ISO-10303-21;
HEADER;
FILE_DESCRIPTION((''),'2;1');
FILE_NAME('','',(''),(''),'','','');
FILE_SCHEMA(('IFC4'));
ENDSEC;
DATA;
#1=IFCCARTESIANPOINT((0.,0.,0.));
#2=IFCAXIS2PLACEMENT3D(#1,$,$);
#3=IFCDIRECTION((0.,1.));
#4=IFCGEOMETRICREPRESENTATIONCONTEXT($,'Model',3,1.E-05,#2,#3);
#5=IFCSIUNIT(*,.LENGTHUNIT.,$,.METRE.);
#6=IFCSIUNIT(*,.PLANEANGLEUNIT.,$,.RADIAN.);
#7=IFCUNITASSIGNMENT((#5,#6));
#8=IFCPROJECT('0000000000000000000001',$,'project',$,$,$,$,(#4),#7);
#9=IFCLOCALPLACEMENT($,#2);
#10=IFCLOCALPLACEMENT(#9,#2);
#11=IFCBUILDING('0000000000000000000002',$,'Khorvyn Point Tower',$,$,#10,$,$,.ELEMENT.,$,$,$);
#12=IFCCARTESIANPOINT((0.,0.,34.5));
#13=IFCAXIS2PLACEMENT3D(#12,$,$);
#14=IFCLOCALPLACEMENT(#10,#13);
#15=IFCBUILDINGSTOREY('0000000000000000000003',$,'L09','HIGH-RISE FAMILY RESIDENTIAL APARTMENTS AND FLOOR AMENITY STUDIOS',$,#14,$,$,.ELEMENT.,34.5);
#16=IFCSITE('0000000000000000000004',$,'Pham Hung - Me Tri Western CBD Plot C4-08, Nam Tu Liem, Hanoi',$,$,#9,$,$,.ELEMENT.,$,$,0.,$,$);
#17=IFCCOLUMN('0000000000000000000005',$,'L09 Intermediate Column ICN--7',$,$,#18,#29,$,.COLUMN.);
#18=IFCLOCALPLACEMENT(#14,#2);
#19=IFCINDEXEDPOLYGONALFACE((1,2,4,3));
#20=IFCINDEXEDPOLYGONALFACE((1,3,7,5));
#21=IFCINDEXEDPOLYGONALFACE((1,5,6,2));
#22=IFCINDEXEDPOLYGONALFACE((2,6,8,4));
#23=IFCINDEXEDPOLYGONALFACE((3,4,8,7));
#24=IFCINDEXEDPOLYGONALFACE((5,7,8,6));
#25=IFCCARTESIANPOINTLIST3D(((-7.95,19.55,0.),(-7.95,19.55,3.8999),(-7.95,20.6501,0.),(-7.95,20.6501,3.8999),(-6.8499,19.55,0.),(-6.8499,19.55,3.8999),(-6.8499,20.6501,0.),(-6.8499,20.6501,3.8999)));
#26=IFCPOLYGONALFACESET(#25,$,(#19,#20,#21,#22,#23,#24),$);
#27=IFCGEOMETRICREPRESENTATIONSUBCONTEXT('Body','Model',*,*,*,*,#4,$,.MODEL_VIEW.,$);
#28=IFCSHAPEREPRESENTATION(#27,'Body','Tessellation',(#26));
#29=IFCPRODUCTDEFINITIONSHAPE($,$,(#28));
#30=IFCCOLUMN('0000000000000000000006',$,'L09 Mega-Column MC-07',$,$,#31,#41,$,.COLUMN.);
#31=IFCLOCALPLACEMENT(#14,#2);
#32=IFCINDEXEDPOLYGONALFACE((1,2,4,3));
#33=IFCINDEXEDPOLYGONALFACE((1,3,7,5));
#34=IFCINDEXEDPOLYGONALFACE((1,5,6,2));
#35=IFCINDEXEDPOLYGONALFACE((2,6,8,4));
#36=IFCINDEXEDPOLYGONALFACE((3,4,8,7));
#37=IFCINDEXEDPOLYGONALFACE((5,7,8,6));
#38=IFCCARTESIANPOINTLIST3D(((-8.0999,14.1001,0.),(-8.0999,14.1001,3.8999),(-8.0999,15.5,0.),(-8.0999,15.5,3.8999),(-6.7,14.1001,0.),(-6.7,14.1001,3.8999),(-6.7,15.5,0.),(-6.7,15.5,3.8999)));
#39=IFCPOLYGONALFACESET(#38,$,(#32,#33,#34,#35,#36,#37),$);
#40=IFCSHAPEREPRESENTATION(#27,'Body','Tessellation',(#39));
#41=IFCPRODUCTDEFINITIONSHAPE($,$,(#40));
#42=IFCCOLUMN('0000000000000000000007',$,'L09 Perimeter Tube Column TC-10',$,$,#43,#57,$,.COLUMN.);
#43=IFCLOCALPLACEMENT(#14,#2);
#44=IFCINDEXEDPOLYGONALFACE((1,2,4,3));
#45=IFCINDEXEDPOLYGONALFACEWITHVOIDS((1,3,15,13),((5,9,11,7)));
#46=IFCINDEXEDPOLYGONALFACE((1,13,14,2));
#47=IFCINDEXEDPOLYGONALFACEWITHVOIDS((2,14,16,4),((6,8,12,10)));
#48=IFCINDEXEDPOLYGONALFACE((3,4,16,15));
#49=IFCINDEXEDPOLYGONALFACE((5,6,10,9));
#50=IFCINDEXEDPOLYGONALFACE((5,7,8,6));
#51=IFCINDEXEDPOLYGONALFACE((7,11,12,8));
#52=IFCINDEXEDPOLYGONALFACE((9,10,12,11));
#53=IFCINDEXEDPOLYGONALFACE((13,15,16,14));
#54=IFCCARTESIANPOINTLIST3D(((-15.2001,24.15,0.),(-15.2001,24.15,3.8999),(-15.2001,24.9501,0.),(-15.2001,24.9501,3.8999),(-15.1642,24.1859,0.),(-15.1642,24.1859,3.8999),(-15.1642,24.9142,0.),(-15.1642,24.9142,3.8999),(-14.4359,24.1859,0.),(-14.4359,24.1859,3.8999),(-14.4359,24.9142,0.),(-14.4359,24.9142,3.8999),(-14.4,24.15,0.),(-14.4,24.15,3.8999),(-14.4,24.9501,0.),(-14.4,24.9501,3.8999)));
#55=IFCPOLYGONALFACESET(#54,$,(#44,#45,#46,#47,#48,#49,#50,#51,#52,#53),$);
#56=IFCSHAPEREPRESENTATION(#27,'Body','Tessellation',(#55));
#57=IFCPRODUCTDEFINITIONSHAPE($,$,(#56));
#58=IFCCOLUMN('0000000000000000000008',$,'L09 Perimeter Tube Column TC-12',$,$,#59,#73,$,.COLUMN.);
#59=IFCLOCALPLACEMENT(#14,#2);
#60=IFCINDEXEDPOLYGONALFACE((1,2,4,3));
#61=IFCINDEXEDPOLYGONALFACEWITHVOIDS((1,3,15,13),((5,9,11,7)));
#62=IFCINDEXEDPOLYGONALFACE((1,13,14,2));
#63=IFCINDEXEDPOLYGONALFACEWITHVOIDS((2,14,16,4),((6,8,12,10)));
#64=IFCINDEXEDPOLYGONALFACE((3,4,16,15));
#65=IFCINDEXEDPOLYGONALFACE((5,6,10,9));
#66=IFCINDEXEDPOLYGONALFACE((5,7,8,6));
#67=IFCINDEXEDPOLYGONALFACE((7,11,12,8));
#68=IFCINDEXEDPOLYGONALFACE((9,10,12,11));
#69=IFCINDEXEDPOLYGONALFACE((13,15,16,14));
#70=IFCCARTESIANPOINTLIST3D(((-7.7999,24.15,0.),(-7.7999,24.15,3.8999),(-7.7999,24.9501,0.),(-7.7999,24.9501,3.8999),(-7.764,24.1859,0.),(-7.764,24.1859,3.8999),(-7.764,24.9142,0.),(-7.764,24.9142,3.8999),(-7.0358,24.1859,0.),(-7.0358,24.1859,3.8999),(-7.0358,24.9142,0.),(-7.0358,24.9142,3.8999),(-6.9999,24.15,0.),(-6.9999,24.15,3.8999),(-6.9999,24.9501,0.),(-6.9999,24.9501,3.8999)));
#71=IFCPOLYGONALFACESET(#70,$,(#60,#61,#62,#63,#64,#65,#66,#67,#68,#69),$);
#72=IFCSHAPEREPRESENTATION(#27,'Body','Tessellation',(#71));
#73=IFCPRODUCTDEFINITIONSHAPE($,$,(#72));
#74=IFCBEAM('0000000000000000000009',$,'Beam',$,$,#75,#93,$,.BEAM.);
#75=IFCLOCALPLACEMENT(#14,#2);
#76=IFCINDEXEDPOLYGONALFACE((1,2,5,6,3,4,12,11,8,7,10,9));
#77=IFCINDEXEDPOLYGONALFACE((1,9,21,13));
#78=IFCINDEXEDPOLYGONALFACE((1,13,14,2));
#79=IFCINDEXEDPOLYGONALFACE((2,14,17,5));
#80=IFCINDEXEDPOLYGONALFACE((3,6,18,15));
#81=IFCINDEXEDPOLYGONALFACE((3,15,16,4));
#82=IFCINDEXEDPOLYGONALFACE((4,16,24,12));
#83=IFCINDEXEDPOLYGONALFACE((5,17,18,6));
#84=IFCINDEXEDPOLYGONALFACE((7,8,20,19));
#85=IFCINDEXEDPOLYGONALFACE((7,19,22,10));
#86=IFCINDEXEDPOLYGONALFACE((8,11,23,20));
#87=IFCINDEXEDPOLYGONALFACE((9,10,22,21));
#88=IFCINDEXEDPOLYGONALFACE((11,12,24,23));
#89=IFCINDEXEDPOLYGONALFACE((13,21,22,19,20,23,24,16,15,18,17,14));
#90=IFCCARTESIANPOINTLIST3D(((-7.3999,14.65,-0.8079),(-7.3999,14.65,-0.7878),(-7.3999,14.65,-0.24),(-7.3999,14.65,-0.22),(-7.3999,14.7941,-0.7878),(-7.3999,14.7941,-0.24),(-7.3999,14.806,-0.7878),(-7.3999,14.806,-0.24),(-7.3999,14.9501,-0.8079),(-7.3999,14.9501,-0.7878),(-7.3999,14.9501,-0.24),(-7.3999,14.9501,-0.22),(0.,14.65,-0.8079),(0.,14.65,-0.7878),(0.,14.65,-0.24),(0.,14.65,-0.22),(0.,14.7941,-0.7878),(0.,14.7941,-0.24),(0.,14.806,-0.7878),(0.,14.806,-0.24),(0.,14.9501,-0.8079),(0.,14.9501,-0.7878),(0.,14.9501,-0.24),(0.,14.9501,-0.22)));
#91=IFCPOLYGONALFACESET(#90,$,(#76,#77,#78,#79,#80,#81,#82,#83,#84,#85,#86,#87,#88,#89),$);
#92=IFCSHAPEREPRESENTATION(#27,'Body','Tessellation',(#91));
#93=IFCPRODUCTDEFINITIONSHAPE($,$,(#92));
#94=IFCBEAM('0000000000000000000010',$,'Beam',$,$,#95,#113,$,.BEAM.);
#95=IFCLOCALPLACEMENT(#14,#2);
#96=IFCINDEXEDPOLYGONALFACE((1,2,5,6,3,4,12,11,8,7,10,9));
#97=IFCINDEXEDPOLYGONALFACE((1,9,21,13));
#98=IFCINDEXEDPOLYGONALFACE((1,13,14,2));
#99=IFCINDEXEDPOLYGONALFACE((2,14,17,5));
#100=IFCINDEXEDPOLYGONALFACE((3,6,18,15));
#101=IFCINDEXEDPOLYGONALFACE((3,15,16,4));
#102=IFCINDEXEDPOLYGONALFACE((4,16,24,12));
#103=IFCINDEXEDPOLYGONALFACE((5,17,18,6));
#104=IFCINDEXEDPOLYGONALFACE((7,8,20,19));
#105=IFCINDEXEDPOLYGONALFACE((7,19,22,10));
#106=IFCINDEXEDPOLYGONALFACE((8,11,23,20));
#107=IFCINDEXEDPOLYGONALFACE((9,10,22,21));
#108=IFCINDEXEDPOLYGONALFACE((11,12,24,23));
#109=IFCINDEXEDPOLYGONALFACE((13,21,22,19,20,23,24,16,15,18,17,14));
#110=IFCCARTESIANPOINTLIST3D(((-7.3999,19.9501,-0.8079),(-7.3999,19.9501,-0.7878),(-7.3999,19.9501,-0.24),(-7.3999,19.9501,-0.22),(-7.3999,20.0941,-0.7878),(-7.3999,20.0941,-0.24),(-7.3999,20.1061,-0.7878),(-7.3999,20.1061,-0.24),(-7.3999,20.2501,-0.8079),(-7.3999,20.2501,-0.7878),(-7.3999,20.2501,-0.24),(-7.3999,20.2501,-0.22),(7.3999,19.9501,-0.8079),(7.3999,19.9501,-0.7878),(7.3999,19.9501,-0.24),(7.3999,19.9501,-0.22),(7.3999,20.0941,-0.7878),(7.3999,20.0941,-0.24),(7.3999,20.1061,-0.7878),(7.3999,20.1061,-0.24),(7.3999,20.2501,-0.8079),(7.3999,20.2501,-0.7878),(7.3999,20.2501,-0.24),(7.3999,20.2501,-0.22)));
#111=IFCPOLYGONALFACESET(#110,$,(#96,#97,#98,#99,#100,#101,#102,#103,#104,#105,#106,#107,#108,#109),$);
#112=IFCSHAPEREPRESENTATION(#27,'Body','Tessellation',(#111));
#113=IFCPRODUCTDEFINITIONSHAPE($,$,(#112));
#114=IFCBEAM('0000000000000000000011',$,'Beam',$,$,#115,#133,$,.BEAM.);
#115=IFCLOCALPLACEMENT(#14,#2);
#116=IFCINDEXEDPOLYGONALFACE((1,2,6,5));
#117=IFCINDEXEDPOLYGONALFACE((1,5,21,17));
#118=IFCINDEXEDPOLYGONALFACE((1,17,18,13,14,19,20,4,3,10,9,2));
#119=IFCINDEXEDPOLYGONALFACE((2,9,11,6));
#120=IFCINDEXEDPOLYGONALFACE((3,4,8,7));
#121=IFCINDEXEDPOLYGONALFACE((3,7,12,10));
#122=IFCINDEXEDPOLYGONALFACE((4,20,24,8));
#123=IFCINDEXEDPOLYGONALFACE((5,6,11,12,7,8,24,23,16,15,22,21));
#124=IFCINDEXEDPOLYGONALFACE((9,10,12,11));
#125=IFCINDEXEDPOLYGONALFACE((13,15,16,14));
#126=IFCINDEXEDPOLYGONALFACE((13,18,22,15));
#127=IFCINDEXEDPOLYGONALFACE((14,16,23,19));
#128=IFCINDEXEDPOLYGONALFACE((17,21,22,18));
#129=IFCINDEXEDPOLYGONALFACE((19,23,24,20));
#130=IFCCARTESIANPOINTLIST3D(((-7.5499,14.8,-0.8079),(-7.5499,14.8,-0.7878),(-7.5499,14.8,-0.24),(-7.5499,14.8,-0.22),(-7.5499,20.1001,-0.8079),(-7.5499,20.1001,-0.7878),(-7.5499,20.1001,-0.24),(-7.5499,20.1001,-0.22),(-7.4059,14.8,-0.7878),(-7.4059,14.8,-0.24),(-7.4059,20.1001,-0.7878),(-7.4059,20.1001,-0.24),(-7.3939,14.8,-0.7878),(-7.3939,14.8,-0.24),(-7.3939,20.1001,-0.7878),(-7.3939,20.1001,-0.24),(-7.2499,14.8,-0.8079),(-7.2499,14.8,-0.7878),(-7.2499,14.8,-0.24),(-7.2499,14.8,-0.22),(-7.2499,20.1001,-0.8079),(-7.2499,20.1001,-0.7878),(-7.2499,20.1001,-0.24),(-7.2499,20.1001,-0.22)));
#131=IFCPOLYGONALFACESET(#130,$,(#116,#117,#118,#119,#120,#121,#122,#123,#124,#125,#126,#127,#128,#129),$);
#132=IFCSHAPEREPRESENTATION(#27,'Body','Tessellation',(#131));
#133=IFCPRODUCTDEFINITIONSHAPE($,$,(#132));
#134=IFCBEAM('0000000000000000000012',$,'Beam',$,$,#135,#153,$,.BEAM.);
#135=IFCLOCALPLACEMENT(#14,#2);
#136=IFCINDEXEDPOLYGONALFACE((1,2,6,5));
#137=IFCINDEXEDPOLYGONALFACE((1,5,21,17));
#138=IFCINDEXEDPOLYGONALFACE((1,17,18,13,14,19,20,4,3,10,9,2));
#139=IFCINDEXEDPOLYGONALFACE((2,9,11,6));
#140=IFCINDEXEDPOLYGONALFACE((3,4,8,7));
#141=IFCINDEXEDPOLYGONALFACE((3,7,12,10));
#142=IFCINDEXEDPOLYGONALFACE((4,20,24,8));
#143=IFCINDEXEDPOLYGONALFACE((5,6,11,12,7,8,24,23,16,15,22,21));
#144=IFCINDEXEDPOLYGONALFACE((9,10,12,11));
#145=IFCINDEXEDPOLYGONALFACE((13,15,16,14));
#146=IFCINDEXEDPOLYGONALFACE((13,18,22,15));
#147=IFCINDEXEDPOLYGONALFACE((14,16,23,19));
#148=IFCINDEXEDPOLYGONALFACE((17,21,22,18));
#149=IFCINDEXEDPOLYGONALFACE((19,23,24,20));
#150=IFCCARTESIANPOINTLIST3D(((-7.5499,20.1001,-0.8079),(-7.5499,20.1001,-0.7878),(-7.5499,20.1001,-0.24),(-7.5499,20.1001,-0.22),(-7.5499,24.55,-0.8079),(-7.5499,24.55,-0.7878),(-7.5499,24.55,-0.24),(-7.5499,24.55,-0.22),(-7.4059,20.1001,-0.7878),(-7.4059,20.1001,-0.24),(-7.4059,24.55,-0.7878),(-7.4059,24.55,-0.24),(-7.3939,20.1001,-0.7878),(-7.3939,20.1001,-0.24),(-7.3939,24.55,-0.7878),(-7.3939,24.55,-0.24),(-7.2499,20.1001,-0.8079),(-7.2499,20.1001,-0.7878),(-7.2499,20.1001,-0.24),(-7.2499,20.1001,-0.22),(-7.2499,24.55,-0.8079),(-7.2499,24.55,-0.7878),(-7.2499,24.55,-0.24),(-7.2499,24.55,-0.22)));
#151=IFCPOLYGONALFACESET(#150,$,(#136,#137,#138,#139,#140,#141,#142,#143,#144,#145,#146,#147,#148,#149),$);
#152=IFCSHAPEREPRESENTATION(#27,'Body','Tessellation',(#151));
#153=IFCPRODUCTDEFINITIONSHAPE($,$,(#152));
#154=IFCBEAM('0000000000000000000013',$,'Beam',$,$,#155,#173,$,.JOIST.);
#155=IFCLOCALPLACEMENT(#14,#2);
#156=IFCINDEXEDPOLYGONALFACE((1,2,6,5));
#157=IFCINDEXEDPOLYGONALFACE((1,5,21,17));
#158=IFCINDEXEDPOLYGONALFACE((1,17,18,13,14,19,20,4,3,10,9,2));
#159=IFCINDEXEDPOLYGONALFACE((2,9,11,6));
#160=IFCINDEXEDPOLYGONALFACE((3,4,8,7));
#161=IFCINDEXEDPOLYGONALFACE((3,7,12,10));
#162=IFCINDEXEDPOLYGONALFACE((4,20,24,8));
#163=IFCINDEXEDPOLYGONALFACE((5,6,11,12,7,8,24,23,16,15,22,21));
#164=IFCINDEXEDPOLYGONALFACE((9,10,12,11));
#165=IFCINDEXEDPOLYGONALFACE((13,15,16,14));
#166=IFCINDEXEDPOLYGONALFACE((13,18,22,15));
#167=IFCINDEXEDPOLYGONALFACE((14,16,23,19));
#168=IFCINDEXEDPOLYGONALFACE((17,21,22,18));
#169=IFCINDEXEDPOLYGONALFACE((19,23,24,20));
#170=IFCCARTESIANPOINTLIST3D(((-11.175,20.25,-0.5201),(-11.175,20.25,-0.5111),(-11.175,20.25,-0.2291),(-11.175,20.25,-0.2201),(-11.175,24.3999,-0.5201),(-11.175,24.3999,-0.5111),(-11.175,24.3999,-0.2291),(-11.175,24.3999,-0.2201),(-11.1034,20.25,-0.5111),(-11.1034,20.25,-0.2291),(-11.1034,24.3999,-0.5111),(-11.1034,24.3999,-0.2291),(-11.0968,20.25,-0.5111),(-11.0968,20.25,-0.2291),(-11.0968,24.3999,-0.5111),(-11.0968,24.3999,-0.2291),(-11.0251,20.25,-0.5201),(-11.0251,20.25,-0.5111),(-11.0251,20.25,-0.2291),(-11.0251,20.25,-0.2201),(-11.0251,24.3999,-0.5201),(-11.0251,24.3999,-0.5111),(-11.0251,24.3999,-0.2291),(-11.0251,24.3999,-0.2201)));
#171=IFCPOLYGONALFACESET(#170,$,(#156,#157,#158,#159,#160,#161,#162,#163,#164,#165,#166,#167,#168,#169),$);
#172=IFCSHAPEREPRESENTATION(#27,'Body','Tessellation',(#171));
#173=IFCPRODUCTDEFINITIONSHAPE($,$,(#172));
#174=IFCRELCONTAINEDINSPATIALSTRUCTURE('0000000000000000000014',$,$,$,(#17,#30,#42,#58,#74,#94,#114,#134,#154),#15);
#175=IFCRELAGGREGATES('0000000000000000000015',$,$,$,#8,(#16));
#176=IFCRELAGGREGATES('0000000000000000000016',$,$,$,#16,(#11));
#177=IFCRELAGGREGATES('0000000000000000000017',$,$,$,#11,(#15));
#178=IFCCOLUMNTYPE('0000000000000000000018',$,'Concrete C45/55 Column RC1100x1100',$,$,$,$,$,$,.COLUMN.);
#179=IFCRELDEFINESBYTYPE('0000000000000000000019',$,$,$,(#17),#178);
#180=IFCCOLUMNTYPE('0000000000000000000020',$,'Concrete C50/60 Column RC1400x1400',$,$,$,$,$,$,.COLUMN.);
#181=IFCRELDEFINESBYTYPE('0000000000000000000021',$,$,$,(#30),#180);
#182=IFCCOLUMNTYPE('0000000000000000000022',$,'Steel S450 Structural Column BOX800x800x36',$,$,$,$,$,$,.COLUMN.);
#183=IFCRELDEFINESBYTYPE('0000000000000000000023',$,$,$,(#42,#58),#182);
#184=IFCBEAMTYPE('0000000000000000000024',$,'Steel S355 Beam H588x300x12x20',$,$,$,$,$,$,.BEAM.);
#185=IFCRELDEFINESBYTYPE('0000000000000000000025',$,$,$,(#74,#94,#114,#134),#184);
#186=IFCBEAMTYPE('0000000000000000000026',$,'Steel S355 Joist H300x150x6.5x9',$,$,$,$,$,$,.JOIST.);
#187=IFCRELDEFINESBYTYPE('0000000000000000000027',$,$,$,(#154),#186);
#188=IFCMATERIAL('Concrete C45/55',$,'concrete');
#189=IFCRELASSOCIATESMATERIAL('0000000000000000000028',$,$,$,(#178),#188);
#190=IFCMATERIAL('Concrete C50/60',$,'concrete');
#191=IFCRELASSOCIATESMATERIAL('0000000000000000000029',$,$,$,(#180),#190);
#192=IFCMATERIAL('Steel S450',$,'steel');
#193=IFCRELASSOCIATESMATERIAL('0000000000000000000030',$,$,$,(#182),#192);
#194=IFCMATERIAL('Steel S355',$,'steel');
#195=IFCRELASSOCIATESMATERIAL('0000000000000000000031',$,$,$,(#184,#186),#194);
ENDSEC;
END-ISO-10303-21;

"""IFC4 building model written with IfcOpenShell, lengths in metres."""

from ifc_helpers import new_model, si_unit, direction, frame, origin, origin_2d, place, context, subcontext, project, spatial, rectangle, hollow_rectangle, i_section, extrude, material, material_profile, profile_set, type_object, element, save


model = new_model("IFC4")

# Units and contexts
model_context = context("Model", 3, precision=1e-05, world=origin(), true_north=direction((0.0, 1.0)))
body_context = subcontext(model_context, "Body", "Model", "MODEL_VIEW")
ifc_project = project(units=[si_unit("LENGTHUNIT", "METRE"), si_unit("PLANEANGLEUNIT", "RADIAN")], contexts=[model_context])

# Site, building, storey
site_placement = place(None, origin())
site = spatial("IfcSite", under=ifc_project, at=site_placement, Name="Pham Hung - Me Tri Western CBD Plot C4-08, Nam Tu Liem, Hanoi", CompositionType="ELEMENT", RefElevation=0.0)
building_placement = place(site_placement, origin())
building = spatial("IfcBuilding", under=site, at=building_placement, Name="Khorvyn Point Tower", CompositionType="ELEMENT")
storey_placement = place(building_placement, frame((0.0, 0.0, 34.5)))
storey = spatial("IfcBuildingStorey", under=building, at=storey_placement, Name="L09", Description="HIGH-RISE FAMILY RESIDENTIAL APARTMENTS AND FLOOR AMENITY STUDIOS", CompositionType="ELEMENT", Elevation=34.5)

# Columns
ifc_material_1 = material(Name="Concrete C45/55", Category="concrete")
ifc_material_profile_1 = material_profile(ifc_material_1, rectangle(XDim=1.1001, YDim=1.1001, at=origin_2d()))
ifc_profile_set_1 = profile_set([ifc_material_profile_1], Name="Concrete C45/55 RC1100x1100")
column_type_1 = type_object("IfcColumnType", Name="Concrete C45/55 Column RC1100x1100", PredefinedType="COLUMN", material=ifc_profile_set_1)
column_1_placement = place(storey_placement, frame((-7.3999, 20.1001, 0.0), z_axis=(0.0, 0.0, 1.0), x_axis=(1.0, 0.0, 0.0)))
element("IfcColumn", 1, at=column_1_placement, inside=storey, type_object=column_type_1, Name="L09 Intermediate Column ICN--7", PredefinedType="COLUMN", context=body_context, shape_type="SweptSolid", body=[
    extrude(rectangle(XDim=1.1001, YDim=1.1001, at=origin_2d()), origin(), (0.0, 0.0, 1.0), 3.8999),
])
ifc_material_2 = material(Name="Concrete C50/60", Category="concrete")
ifc_material_profile_2 = material_profile(ifc_material_2, rectangle(XDim=1.3999, YDim=1.3999, at=origin_2d()))
ifc_profile_set_2 = profile_set([ifc_material_profile_2], Name="Concrete C50/60 RC1400x1400")
column_type_2 = type_object("IfcColumnType", Name="Concrete C50/60 Column RC1400x1400", PredefinedType="COLUMN", material=ifc_profile_set_2)
column_2_placement = place(storey_placement, frame((-7.3999, 14.8, 0.0), z_axis=(0.0, 0.0, 1.0), x_axis=(1.0, 0.0, 0.0)))
element("IfcColumn", 2, at=column_2_placement, inside=storey, type_object=column_type_2, Name="L09 Mega-Column MC-07", PredefinedType="COLUMN", context=body_context, shape_type="SweptSolid", body=[
    extrude(rectangle(XDim=1.3999, YDim=1.3999, at=origin_2d()), origin(), (0.0, 0.0, 1.0), 3.8999),
])
ifc_material_3 = material(Name="Steel S450", Category="steel")
ifc_material_profile_3 = material_profile(ifc_material_3, hollow_rectangle(XDim=0.8, YDim=0.8, WallThickness=0.0359, at=origin_2d()))
ifc_profile_set_3 = profile_set([ifc_material_profile_3], Name="Steel S450 BOX800x800x36")
column_type_3 = type_object("IfcColumnType", Name="Steel S450 Structural Column BOX800x800x36", PredefinedType="COLUMN", material=ifc_profile_set_3)
for number, where, z_axis, x_axis, name in (
    (3, (-14.8, 24.55, 0.0), (0.0, 0.0, 1.0), (1.0, 0.0, 0.0), "L09 Perimeter Tube Column TC-10"),
    (4, (-7.3999, 24.55, 0.0), (0.0, 0.0, 1.0), (1.0, 0.0, 0.0), "L09 Perimeter Tube Column TC-12"),
):
    element("IfcColumn", number, at=place(storey_placement, frame(where, z_axis=z_axis, x_axis=x_axis)), inside=storey, type_object=column_type_3, Name=name, PredefinedType="COLUMN", context=body_context, shape_type="SweptSolid", body=[
        extrude(hollow_rectangle(XDim=0.8, YDim=0.8, WallThickness=0.0359, at=origin_2d()), origin(), (0.0, 0.0, 1.0), 3.8999),
    ])

# Beams
ifc_material_4 = material(Name="Steel S355", Category="steel")
ifc_material_profile_4 = material_profile(ifc_material_4, i_section(OverallWidth=0.3, OverallDepth=0.5879, WebThickness=0.012, FlangeThickness=0.02, at=origin_2d()))
ifc_profile_set_4 = profile_set([ifc_material_profile_4], Name="Steel S355 H588x300x12x20")
beam_type_1 = type_object("IfcBeamType", Name="Steel S355 Beam H588x300x12x20", PredefinedType="BEAM", material=ifc_profile_set_4)
beam_1_placement = place(storey_placement, frame((-7.3999, 14.8, -0.5139), z_axis=(1.0, 0.0, 0.0), x_axis=(0.0, 1.0, 0.0)))
element("IfcBeam", 5, at=beam_1_placement, inside=storey, type_object=beam_type_1, Name="Beam", PredefinedType="BEAM", context=body_context, shape_type="SweptSolid", body=[
    extrude(i_section(OverallWidth=0.3, OverallDepth=0.5879, WebThickness=0.012, FlangeThickness=0.02, at=origin_2d()), origin(), (0.0, 0.0, 1.0), 7.3999),
])
beam_2_placement = place(storey_placement, frame((-7.3999, 20.1001, -0.5139), z_axis=(1.0, 0.0, 0.0), x_axis=(0.0, 1.0, 0.0)))
element("IfcBeam", 6, at=beam_2_placement, inside=storey, type_object=beam_type_1, Name="Beam", PredefinedType="BEAM", context=body_context, shape_type="SweptSolid", body=[
    extrude(i_section(OverallWidth=0.3, OverallDepth=0.5879, WebThickness=0.012, FlangeThickness=0.02, at=origin_2d()), origin(), (0.0, 0.0, 1.0), 14.7998),
])
beam_3_placement = place(storey_placement, frame((-7.3999, 14.8, -0.5139), z_axis=(0.0, 1.0, 0.0), x_axis=(-1.0, 0.0, 0.0)))
element("IfcBeam", 7, at=beam_3_placement, inside=storey, type_object=beam_type_1, Name="Beam", PredefinedType="BEAM", context=body_context, shape_type="SweptSolid", body=[
    extrude(i_section(OverallWidth=0.3, OverallDepth=0.5879, WebThickness=0.012, FlangeThickness=0.02, at=origin_2d()), origin(), (0.0, 0.0, 1.0), 5.3),
])
beam_4_placement = place(storey_placement, frame((-7.3999, 20.1001, -0.5139), z_axis=(0.0, 1.0, 0.0), x_axis=(-1.0, 0.0, 0.0)))
element("IfcBeam", 8, at=beam_4_placement, inside=storey, type_object=beam_type_1, Name="Beam", PredefinedType="BEAM", context=body_context, shape_type="SweptSolid", body=[
    extrude(i_section(OverallWidth=0.3, OverallDepth=0.5879, WebThickness=0.012, FlangeThickness=0.02, at=origin_2d()), origin(), (0.0, 0.0, 1.0), 4.45),
])
ifc_material_profile_5 = material_profile(ifc_material_4, i_section(OverallWidth=0.1499, OverallDepth=0.3, WebThickness=0.0066, FlangeThickness=0.009, at=origin_2d()))
ifc_profile_set_5 = profile_set([ifc_material_profile_5], Name="Steel S355 H300x150x6.5x9")
beam_type_2 = type_object("IfcBeamType", Name="Steel S355 Joist H300x150x6.5x9", PredefinedType="JOIST", material=ifc_profile_set_5)
beam_5_placement = place(storey_placement, frame((-11.1001, 20.25, -0.3701), z_axis=(0.0, 1.0, 0.0), x_axis=(-1.0, 0.0, 0.0)))
element("IfcBeam", 9, at=beam_5_placement, inside=storey, type_object=beam_type_2, Name="Beam", PredefinedType="JOIST", context=body_context, shape_type="SweptSolid", body=[
    extrude(i_section(OverallWidth=0.1499, OverallDepth=0.3, WebThickness=0.0066, FlangeThickness=0.009, at=origin_2d()), origin(), (0.0, 0.0, 1.0), 4.1499),
])

save(model, "model.ifc")
